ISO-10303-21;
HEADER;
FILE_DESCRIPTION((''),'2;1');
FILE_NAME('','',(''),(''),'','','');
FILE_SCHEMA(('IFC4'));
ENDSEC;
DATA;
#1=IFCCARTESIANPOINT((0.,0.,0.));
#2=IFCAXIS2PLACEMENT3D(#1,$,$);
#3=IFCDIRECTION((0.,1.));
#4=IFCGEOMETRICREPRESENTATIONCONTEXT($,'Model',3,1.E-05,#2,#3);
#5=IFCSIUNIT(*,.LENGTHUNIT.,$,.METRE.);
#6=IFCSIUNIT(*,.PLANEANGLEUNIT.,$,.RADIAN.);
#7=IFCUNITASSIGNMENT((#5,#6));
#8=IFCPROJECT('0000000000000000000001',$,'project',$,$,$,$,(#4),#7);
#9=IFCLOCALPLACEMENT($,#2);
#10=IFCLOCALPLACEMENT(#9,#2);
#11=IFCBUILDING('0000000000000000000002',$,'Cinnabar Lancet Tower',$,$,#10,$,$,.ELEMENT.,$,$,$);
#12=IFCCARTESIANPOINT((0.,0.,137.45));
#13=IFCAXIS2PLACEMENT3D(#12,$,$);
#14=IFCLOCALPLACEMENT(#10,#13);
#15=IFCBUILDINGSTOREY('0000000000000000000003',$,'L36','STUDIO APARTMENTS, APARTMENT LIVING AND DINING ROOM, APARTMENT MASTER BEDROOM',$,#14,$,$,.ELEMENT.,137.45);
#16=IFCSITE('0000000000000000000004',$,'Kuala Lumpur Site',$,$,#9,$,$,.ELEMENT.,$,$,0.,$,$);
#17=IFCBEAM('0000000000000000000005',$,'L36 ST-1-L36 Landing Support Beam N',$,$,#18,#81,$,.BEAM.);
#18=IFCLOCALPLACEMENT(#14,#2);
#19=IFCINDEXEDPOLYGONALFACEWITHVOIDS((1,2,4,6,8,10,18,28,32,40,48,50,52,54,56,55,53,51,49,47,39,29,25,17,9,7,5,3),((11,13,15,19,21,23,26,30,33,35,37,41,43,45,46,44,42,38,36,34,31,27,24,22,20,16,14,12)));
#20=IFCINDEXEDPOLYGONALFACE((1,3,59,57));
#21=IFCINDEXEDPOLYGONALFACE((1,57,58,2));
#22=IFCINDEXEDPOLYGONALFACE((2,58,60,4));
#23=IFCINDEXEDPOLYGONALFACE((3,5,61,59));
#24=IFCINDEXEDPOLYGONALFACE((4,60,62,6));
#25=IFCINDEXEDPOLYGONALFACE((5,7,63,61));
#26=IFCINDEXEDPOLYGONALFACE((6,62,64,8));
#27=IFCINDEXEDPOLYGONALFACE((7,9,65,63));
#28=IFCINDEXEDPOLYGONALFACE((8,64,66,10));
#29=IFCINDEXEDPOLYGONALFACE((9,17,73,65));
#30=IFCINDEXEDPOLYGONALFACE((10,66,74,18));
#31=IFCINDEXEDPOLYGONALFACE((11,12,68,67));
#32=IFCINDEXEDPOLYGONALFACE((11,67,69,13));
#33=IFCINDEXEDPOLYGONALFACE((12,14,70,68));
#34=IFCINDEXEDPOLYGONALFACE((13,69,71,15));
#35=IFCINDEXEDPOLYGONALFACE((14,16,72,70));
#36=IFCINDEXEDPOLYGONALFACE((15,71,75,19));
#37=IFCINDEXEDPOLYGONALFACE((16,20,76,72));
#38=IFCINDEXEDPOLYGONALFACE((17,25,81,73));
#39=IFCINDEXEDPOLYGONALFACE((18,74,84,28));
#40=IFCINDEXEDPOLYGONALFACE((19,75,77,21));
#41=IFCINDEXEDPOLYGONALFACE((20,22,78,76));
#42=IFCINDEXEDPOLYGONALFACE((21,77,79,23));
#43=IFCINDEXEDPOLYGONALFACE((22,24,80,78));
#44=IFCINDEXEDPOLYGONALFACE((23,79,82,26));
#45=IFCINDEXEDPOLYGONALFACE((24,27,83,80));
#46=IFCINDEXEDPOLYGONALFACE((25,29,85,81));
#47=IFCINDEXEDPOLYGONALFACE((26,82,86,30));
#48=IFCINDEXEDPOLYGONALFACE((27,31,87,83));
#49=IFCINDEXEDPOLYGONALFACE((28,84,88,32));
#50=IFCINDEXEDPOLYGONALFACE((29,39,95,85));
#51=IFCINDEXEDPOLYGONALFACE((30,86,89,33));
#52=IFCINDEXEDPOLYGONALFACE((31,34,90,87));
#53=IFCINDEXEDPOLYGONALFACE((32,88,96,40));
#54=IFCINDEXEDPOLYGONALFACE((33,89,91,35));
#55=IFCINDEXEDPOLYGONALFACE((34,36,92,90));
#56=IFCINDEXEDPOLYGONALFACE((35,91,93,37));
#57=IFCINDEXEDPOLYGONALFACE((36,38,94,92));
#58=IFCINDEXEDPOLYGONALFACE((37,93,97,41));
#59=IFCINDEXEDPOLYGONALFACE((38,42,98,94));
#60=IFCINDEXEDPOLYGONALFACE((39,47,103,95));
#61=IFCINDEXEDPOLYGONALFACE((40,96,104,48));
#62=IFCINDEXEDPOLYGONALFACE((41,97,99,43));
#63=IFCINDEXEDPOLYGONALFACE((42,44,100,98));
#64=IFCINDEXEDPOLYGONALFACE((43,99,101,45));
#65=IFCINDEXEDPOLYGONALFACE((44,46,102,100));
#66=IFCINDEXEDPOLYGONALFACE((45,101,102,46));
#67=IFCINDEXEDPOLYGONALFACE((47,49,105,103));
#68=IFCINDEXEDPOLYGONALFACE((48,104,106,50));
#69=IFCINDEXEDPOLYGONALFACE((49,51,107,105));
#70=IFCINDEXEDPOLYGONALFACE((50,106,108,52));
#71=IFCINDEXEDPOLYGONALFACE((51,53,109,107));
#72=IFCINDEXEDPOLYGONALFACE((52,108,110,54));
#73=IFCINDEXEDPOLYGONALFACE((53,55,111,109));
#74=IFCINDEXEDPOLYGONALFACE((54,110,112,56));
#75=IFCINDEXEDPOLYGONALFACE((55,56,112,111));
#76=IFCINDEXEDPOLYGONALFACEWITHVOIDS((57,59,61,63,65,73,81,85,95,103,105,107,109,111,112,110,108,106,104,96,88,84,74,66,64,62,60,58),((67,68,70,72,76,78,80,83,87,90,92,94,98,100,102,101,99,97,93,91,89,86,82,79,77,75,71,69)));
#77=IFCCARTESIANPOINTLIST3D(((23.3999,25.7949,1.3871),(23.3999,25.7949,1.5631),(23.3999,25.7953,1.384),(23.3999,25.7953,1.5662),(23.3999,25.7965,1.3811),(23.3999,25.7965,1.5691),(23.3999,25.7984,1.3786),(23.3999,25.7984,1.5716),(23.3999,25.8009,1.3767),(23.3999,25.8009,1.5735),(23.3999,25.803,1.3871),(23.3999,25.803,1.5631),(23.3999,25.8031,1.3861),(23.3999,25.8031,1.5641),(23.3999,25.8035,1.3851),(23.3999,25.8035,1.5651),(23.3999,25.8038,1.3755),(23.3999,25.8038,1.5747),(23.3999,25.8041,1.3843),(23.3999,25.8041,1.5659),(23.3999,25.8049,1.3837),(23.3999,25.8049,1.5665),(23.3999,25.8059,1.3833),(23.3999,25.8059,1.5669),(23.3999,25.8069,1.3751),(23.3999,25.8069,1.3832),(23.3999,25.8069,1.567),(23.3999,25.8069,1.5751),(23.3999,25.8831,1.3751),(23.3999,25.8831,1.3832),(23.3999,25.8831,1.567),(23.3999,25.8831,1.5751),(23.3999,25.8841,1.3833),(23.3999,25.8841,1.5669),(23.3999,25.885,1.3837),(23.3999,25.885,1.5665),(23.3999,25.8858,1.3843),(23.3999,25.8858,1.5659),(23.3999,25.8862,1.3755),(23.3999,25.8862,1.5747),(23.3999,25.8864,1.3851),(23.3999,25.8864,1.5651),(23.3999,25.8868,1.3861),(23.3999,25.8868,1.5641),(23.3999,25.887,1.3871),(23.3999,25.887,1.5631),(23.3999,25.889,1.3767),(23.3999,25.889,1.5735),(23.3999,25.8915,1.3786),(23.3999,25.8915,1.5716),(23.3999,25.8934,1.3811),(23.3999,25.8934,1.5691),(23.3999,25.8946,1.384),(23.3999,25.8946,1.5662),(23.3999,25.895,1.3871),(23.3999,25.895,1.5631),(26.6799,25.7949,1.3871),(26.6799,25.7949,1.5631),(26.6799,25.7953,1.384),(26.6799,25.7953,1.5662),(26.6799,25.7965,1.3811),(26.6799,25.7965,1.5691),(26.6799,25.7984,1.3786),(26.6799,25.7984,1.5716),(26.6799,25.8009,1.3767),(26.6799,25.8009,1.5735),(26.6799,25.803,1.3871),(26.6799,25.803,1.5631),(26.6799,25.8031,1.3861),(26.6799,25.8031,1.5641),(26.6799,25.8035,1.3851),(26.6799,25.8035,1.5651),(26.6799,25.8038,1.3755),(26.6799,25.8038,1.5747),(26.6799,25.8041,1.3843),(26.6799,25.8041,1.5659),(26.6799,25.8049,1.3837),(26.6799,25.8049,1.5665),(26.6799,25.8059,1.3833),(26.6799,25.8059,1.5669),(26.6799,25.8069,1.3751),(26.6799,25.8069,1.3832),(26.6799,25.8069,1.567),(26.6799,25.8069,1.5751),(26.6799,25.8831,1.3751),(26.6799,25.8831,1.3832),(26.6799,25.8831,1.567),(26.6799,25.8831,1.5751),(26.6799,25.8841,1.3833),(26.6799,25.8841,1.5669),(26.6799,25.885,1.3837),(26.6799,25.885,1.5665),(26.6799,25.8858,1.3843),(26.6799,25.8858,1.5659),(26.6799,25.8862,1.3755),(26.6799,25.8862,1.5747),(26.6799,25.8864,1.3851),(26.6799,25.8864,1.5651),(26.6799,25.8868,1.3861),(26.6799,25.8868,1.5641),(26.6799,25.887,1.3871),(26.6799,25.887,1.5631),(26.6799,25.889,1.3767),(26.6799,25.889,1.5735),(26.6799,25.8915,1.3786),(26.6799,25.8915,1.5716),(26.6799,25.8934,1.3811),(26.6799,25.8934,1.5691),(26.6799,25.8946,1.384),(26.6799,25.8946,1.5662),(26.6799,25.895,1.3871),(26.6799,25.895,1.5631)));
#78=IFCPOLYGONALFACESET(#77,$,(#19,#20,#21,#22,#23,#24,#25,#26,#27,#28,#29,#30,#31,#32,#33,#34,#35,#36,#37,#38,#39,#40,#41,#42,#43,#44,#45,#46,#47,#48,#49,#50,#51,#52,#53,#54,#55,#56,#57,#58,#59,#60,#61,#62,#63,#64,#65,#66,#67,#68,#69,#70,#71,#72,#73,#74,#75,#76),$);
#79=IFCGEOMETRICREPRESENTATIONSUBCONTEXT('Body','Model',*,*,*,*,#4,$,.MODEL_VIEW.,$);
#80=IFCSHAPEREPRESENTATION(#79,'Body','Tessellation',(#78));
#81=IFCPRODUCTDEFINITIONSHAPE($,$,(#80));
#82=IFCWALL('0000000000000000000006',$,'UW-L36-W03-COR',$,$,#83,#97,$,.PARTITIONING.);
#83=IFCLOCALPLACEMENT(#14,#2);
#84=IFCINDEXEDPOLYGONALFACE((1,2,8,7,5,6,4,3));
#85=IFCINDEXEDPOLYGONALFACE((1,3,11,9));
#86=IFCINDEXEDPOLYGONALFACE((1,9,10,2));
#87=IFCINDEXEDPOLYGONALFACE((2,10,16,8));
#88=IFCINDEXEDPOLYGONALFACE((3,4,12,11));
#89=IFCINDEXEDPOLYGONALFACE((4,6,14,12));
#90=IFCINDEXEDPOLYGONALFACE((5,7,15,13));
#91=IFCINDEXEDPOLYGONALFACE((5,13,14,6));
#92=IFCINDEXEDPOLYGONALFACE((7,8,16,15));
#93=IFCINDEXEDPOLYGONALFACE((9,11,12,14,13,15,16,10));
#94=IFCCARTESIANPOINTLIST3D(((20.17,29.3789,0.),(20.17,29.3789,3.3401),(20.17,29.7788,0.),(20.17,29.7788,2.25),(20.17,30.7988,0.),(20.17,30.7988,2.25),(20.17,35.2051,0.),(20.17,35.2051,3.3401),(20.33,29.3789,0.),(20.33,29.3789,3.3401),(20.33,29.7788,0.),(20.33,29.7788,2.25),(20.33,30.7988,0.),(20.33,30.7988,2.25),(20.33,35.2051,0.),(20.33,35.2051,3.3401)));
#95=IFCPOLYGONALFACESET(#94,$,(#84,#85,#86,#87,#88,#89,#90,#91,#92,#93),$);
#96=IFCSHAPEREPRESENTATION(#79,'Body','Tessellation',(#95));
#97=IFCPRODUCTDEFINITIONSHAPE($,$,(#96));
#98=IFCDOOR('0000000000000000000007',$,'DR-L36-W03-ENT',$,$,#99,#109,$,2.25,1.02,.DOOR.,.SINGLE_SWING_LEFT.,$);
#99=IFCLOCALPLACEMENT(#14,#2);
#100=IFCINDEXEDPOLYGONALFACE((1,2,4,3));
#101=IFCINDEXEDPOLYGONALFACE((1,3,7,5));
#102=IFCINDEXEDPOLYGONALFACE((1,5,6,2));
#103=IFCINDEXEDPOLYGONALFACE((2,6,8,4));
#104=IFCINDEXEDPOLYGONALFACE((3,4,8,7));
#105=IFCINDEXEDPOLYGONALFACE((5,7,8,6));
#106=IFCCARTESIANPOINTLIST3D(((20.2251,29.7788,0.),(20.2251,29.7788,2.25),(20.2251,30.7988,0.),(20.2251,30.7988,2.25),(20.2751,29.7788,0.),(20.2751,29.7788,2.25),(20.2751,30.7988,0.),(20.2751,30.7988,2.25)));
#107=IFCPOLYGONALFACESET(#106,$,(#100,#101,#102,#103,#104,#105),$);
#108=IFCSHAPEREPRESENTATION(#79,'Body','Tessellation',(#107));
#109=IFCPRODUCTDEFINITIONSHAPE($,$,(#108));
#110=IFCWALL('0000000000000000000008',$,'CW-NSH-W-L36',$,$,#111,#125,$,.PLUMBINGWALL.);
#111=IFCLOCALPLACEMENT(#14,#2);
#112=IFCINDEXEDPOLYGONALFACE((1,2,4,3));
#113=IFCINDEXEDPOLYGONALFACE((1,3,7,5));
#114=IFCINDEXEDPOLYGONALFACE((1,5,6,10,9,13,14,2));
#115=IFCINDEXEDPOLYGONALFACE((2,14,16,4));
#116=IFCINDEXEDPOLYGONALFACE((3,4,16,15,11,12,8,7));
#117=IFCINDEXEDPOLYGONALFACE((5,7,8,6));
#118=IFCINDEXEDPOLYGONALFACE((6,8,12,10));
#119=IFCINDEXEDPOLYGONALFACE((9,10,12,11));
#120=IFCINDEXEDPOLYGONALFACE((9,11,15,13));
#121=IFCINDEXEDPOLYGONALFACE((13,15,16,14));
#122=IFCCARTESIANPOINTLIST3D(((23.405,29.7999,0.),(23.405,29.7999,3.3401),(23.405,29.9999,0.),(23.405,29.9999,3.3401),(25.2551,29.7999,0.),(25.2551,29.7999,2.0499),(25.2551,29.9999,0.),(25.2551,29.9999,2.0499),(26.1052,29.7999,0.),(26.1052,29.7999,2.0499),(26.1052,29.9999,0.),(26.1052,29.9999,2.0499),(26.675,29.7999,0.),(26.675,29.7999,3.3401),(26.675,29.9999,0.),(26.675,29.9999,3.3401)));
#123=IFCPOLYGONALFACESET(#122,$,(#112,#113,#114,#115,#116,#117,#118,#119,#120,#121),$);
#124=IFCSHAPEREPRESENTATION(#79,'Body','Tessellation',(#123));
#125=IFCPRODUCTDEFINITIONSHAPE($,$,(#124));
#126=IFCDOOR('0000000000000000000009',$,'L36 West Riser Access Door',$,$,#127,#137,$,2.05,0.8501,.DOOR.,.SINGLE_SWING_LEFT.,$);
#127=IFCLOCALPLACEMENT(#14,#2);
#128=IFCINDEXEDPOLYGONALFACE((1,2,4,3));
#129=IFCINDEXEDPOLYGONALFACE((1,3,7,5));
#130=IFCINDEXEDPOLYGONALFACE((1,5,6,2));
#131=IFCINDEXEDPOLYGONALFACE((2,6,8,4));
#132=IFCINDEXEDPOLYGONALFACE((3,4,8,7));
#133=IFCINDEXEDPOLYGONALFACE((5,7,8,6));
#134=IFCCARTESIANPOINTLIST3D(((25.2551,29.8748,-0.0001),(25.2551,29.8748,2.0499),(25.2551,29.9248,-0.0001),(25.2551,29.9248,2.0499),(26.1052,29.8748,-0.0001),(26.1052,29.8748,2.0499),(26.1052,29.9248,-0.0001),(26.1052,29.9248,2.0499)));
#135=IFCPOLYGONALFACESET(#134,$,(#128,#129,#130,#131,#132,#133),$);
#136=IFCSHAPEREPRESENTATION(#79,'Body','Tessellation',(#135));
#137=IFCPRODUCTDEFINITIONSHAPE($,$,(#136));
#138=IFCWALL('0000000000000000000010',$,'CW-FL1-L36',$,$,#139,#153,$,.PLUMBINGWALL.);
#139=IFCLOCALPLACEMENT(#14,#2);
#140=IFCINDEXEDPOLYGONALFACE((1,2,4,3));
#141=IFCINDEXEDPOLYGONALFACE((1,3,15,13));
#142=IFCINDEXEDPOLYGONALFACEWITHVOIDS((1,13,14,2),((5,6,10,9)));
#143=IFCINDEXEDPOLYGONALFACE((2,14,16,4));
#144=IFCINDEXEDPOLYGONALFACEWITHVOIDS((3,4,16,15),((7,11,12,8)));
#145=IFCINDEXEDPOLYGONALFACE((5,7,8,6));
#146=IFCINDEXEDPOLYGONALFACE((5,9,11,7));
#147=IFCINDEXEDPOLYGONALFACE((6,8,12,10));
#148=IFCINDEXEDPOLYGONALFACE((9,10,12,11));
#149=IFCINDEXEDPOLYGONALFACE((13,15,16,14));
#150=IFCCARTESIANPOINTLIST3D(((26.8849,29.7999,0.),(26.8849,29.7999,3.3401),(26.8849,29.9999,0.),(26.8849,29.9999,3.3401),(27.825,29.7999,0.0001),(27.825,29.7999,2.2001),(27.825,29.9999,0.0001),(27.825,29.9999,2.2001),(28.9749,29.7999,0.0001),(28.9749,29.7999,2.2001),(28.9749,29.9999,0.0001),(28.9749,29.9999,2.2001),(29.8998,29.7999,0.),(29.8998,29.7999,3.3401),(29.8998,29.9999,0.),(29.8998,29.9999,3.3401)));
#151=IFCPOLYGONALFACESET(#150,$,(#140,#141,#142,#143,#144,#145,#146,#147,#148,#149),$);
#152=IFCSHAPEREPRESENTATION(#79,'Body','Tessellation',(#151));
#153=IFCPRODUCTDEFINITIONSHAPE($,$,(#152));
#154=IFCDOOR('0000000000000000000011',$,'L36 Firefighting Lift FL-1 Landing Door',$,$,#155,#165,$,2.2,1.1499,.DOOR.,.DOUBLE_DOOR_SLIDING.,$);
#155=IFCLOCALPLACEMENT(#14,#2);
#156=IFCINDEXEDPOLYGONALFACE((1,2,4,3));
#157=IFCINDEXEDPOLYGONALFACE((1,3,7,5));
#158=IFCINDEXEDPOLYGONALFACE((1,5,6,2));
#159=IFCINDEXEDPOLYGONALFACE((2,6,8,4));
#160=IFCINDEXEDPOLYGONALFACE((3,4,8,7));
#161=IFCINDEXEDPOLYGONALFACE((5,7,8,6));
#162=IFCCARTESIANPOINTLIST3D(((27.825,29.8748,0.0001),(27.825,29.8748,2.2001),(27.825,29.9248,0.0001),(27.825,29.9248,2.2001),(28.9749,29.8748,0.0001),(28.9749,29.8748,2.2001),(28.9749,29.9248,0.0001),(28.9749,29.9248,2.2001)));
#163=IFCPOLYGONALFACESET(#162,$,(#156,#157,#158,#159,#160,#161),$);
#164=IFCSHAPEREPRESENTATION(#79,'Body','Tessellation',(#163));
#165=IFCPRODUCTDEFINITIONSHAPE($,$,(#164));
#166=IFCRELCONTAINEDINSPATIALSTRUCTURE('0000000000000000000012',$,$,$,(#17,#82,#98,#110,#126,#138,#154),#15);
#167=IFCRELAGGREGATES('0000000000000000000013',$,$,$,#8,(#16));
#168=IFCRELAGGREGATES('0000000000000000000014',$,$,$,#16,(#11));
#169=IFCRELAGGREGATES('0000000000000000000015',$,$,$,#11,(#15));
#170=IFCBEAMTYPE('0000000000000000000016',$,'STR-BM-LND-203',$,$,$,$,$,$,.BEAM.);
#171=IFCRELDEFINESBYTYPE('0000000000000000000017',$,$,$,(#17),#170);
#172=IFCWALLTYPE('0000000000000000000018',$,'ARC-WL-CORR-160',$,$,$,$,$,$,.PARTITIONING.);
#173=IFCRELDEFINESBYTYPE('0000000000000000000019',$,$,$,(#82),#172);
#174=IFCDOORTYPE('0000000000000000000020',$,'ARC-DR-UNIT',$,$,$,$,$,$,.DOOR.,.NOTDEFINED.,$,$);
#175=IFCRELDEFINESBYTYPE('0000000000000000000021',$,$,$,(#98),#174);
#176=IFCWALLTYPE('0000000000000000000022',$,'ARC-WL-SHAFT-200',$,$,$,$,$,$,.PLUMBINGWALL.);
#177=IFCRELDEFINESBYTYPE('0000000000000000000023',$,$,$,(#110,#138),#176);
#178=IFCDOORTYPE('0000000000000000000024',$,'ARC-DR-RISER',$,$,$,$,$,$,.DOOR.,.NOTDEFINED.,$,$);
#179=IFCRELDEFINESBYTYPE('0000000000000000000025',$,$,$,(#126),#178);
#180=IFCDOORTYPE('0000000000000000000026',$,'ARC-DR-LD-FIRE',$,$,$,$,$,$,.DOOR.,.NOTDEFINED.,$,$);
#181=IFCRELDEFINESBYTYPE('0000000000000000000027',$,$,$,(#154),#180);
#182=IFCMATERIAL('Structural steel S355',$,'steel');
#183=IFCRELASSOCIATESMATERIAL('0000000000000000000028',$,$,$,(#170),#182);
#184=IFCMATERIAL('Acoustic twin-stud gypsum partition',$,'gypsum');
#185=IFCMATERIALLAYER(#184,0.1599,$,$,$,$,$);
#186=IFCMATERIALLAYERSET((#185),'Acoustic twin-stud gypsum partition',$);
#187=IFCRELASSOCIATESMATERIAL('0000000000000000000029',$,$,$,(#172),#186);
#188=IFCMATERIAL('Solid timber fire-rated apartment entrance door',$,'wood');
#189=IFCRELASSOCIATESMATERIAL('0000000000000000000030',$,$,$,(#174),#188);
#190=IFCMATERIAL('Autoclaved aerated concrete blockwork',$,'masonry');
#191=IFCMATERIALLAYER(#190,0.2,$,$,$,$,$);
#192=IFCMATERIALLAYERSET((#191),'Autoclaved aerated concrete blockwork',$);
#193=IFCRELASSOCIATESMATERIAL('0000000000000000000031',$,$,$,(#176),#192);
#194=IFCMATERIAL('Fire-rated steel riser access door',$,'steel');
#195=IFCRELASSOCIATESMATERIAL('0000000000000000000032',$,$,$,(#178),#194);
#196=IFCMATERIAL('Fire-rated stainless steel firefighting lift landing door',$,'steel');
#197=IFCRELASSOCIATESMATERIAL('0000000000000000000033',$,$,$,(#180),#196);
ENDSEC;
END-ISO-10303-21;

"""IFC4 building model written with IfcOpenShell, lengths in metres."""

from ifc_helpers import new_model, si_unit, direction, frame, frame_2d, origin, origin_2d, place, context, subcontext, project, spatial, rectangle, hollow_rectangle, extrude, material, layer, layer_set, material_profile, profile_set, type_object, element, fill, save


model = new_model("IFC4")

# Units and contexts
model_context = context("Model", 3, precision=1e-05, world=origin(), true_north=direction((0.0, 1.0)))
body_context = subcontext(model_context, "Body", "Model", "MODEL_VIEW")
ifc_project = project(units=[si_unit("LENGTHUNIT", "METRE"), si_unit("PLANEANGLEUNIT", "RADIAN")], contexts=[model_context])

# Site, building, storey
site_placement = place(None, origin())
site = spatial("IfcSite", under=ifc_project, at=site_placement, Name="Kuala Lumpur Site", CompositionType="ELEMENT", RefElevation=0.0)
building_placement = place(site_placement, origin())
building = spatial("IfcBuilding", under=site, at=building_placement, Name="Cinnabar Lancet Tower", CompositionType="ELEMENT")
storey_placement = place(building_placement, frame((0.0, 0.0, 137.45)))
storey = spatial("IfcBuildingStorey", under=building, at=storey_placement, Name="L36", Description="STUDIO APARTMENTS, APARTMENT LIVING AND DINING ROOM, APARTMENT MASTER BEDROOM", CompositionType="ELEMENT", Elevation=137.45)

# Beam
ifc_material_1 = material(Name="Structural steel S355", Category="steel")
ifc_material_profile_1 = material_profile(ifc_material_1, hollow_rectangle(XDim=0.1001, YDim=0.2, WallThickness=0.0081, InnerFilletRadius=0.0039, OuterFilletRadius=0.012, at=origin_2d()), Name="RHS 200x100x8")
ifc_profile_set_1 = profile_set([ifc_material_profile_1], Name="Structural steel S355")
beam_type_1 = type_object("IfcBeamType", Name="STR-BM-LND-203", PredefinedType="BEAM", material=ifc_profile_set_1)
beam_1_placement = place(storey_placement, frame((23.3999, 25.845, 1.4751), z_axis=(1.0, 0.0, 0.0), x_axis=(0.0, 1.0, 0.0)))
element("IfcBeam", 1, at=beam_1_placement, inside=storey, type_object=beam_type_1, Name="L36 ST-1-L36 Landing Support Beam N", PredefinedType="BEAM", context=body_context, shape_type="SweptSolid", body=[
    extrude(hollow_rectangle(XDim=0.1001, YDim=0.2, WallThickness=0.0081, InnerFilletRadius=0.0039, OuterFilletRadius=0.012, at=origin_2d()), origin(), (0.0, 0.0, 1.0), 3.28),
])

# Walls, openings, doors
ifc_material_2 = material(Name="Acoustic twin-stud gypsum partition", Category="gypsum")
ifc_layer_1 = layer(ifc_material_2, 0.1599)
ifc_layer_set_1 = layer_set([ifc_layer_1], Name="Acoustic twin-stud gypsum partition")
wall_type_1 = type_object("IfcWallType", Name="ARC-WL-CORR-160", PredefinedType="PARTITIONING", material=ifc_layer_set_1)
wall_1_placement = place(storey_placement, frame((20.25, 29.3789, 0.0), z_axis=(0.0, 0.0, 1.0), x_axis=(0.0, 1.0, 0.0)))
wall_1 = element("IfcWall", 2, at=wall_1_placement, inside=storey, type_object=wall_type_1, Name="UW-L36-W03-COR", PredefinedType="PARTITIONING", context=body_context, shape_type="SweptSolid", body=[
    extrude(rectangle(XDim=5.8262, YDim=0.1599, at=frame_2d((2.9131, 0.0))), origin(), (0.0, 0.0, 1.0), 3.3401),
])
opening_1_placement = place(wall_1_placement, frame((0.3999, 0.0, 0.0)))
opening_1 = element("IfcOpeningElement", 3, at=opening_1_placement, cuts=wall_1, PredefinedType="OPENING", context=body_context, shape_type="SweptSolid", body=[
    extrude(rectangle(XDim=1.02, YDim=2.25, at=frame_2d((0.51, 1.125))), frame((0.0, 0.0898, 0.0), z_axis=(0.0, -1.0, 0.0), x_axis=(1.0, 0.0, 0.0)), (0.0, 0.0, 1.0), 0.1799),
])
ifc_material_3 = material(Name="Solid timber fire-rated apartment entrance door", Category="wood")
door_type_1 = type_object("IfcDoorType", Name="ARC-DR-UNIT", OperationType="NOTDEFINED", PredefinedType="DOOR", material=ifc_material_3)
door_1_placement = place(opening_1_placement, origin())
door_1 = element("IfcDoor", 4, at=door_1_placement, inside=storey, type_object=door_type_1, Name="DR-L36-W03-ENT", OperationType="SINGLE_SWING_LEFT", OverallHeight=2.25, OverallWidth=1.02, PredefinedType="DOOR", context=body_context, shape_type="SweptSolid", body=[
    extrude(rectangle(XDim=1.02, YDim=2.25, at=frame_2d((0.51, 1.125))), frame((0.0, 0.0249, 0.0), z_axis=(0.0, -1.0, 0.0), x_axis=(1.0, 0.0, 0.0)), (0.0, 0.0, 1.0), 0.05),
])
fill(opening_1, door_1)
ifc_material_4 = material(Name="Autoclaved aerated concrete blockwork", Category="masonry")
ifc_layer_2 = layer(ifc_material_4, 0.2)
ifc_layer_set_2 = layer_set([ifc_layer_2], Name="Autoclaved aerated concrete blockwork")
wall_type_2 = type_object("IfcWallType", Name="ARC-WL-SHAFT-200", PredefinedType="PLUMBINGWALL", material=ifc_layer_set_2)
wall_2_placement = place(storey_placement, frame((23.405, 29.8999, 0.0), z_axis=(0.0, 0.0, 1.0), x_axis=(1.0, 0.0, 0.0)))
wall_2 = element("IfcWall", 5, at=wall_2_placement, inside=storey, type_object=wall_type_2, Name="CW-NSH-W-L36", PredefinedType="PLUMBINGWALL", context=body_context, shape_type="SweptSolid", body=[
    extrude(rectangle(XDim=3.27, YDim=0.2, at=frame_2d((1.635, 0.0))), origin(), (0.0, 0.0, 1.0), 3.3401),
])
opening_2_placement = place(wall_2_placement, frame((1.8501, 0.0, 0.0)))
opening_2 = element("IfcOpeningElement", 6, at=opening_2_placement, cuts=wall_2, PredefinedType="OPENING", context=body_context, shape_type="SweptSolid", body=[
    extrude(rectangle(XDim=0.8501, YDim=2.05, at=frame_2d((0.425, 1.0249))), frame((0.0, 0.1099, 0.0), z_axis=(0.0, -1.0, 0.0), x_axis=(1.0, 0.0, 0.0)), (0.0, 0.0, 1.0), 0.22),
])
ifc_material_5 = material(Name="Fire-rated steel riser access door", Category="steel")
door_type_2 = type_object("IfcDoorType", Name="ARC-DR-RISER", OperationType="NOTDEFINED", PredefinedType="DOOR", material=ifc_material_5)
door_2_placement = place(opening_2_placement, origin())
door_2 = element("IfcDoor", 7, at=door_2_placement, inside=storey, type_object=door_type_2, Name="L36 West Riser Access Door", OperationType="SINGLE_SWING_LEFT", OverallHeight=2.05, OverallWidth=0.8501, PredefinedType="DOOR", context=body_context, shape_type="SweptSolid", body=[
    extrude(rectangle(XDim=0.8501, YDim=2.05, at=frame_2d((0.425, 1.0249))), frame((0.0, 0.0249, 0.0), z_axis=(0.0, -1.0, 0.0), x_axis=(1.0, 0.0, 0.0)), (0.0, 0.0, 1.0), 0.05),
])
fill(opening_2, door_2)
wall_3_placement = place(storey_placement, frame((26.885, 29.8999, 0.0), z_axis=(0.0, 0.0, 1.0), x_axis=(1.0, 0.0, 0.0)))
wall_3 = element("IfcWall", 8, at=wall_3_placement, inside=storey, type_object=wall_type_2, Name="CW-FL1-L36", PredefinedType="PLUMBINGWALL", context=body_context, shape_type="SweptSolid", body=[
    extrude(rectangle(XDim=3.0149, YDim=0.2, at=frame_2d((1.5073, 0.0))), origin(), (0.0, 0.0, 1.0), 3.3401),
])
opening_3_placement = place(wall_3_placement, frame((0.9399, 0.0, 0.0)))
opening_3 = element("IfcOpeningElement", 9, at=opening_3_placement, cuts=wall_3, PredefinedType="OPENING", context=body_context, shape_type="SweptSolid", body=[
    extrude(rectangle(XDim=1.1499, YDim=2.2, at=frame_2d((0.575, 1.1001))), frame((0.0, 0.1099, 0.0), z_axis=(0.0, -1.0, 0.0), x_axis=(1.0, 0.0, 0.0)), (0.0, 0.0, 1.0), 0.22),
])
ifc_material_6 = material(Name="Fire-rated stainless steel firefighting lift landing door", Category="steel")
door_type_3 = type_object("IfcDoorType", Name="ARC-DR-LD-FIRE", OperationType="NOTDEFINED", PredefinedType="DOOR", material=ifc_material_6)
door_3_placement = place(opening_3_placement, origin())
door_3 = element("IfcDoor", 10, at=door_3_placement, inside=storey, type_object=door_type_3, Name="L36 Firefighting Lift FL-1 Landing Door", OperationType="DOUBLE_DOOR_SLIDING", OverallHeight=2.2, OverallWidth=1.1499, PredefinedType="DOOR", context=body_context, shape_type="SweptSolid", body=[
    extrude(rectangle(XDim=1.1499, YDim=2.2, at=frame_2d((0.575, 1.1001))), frame((0.0, 0.0249, 0.0), z_axis=(0.0, -1.0, 0.0), x_axis=(1.0, 0.0, 0.0)), (0.0, 0.0, 1.0), 0.05),
])
fill(opening_3, door_3)

save(model, "model.ifc")
